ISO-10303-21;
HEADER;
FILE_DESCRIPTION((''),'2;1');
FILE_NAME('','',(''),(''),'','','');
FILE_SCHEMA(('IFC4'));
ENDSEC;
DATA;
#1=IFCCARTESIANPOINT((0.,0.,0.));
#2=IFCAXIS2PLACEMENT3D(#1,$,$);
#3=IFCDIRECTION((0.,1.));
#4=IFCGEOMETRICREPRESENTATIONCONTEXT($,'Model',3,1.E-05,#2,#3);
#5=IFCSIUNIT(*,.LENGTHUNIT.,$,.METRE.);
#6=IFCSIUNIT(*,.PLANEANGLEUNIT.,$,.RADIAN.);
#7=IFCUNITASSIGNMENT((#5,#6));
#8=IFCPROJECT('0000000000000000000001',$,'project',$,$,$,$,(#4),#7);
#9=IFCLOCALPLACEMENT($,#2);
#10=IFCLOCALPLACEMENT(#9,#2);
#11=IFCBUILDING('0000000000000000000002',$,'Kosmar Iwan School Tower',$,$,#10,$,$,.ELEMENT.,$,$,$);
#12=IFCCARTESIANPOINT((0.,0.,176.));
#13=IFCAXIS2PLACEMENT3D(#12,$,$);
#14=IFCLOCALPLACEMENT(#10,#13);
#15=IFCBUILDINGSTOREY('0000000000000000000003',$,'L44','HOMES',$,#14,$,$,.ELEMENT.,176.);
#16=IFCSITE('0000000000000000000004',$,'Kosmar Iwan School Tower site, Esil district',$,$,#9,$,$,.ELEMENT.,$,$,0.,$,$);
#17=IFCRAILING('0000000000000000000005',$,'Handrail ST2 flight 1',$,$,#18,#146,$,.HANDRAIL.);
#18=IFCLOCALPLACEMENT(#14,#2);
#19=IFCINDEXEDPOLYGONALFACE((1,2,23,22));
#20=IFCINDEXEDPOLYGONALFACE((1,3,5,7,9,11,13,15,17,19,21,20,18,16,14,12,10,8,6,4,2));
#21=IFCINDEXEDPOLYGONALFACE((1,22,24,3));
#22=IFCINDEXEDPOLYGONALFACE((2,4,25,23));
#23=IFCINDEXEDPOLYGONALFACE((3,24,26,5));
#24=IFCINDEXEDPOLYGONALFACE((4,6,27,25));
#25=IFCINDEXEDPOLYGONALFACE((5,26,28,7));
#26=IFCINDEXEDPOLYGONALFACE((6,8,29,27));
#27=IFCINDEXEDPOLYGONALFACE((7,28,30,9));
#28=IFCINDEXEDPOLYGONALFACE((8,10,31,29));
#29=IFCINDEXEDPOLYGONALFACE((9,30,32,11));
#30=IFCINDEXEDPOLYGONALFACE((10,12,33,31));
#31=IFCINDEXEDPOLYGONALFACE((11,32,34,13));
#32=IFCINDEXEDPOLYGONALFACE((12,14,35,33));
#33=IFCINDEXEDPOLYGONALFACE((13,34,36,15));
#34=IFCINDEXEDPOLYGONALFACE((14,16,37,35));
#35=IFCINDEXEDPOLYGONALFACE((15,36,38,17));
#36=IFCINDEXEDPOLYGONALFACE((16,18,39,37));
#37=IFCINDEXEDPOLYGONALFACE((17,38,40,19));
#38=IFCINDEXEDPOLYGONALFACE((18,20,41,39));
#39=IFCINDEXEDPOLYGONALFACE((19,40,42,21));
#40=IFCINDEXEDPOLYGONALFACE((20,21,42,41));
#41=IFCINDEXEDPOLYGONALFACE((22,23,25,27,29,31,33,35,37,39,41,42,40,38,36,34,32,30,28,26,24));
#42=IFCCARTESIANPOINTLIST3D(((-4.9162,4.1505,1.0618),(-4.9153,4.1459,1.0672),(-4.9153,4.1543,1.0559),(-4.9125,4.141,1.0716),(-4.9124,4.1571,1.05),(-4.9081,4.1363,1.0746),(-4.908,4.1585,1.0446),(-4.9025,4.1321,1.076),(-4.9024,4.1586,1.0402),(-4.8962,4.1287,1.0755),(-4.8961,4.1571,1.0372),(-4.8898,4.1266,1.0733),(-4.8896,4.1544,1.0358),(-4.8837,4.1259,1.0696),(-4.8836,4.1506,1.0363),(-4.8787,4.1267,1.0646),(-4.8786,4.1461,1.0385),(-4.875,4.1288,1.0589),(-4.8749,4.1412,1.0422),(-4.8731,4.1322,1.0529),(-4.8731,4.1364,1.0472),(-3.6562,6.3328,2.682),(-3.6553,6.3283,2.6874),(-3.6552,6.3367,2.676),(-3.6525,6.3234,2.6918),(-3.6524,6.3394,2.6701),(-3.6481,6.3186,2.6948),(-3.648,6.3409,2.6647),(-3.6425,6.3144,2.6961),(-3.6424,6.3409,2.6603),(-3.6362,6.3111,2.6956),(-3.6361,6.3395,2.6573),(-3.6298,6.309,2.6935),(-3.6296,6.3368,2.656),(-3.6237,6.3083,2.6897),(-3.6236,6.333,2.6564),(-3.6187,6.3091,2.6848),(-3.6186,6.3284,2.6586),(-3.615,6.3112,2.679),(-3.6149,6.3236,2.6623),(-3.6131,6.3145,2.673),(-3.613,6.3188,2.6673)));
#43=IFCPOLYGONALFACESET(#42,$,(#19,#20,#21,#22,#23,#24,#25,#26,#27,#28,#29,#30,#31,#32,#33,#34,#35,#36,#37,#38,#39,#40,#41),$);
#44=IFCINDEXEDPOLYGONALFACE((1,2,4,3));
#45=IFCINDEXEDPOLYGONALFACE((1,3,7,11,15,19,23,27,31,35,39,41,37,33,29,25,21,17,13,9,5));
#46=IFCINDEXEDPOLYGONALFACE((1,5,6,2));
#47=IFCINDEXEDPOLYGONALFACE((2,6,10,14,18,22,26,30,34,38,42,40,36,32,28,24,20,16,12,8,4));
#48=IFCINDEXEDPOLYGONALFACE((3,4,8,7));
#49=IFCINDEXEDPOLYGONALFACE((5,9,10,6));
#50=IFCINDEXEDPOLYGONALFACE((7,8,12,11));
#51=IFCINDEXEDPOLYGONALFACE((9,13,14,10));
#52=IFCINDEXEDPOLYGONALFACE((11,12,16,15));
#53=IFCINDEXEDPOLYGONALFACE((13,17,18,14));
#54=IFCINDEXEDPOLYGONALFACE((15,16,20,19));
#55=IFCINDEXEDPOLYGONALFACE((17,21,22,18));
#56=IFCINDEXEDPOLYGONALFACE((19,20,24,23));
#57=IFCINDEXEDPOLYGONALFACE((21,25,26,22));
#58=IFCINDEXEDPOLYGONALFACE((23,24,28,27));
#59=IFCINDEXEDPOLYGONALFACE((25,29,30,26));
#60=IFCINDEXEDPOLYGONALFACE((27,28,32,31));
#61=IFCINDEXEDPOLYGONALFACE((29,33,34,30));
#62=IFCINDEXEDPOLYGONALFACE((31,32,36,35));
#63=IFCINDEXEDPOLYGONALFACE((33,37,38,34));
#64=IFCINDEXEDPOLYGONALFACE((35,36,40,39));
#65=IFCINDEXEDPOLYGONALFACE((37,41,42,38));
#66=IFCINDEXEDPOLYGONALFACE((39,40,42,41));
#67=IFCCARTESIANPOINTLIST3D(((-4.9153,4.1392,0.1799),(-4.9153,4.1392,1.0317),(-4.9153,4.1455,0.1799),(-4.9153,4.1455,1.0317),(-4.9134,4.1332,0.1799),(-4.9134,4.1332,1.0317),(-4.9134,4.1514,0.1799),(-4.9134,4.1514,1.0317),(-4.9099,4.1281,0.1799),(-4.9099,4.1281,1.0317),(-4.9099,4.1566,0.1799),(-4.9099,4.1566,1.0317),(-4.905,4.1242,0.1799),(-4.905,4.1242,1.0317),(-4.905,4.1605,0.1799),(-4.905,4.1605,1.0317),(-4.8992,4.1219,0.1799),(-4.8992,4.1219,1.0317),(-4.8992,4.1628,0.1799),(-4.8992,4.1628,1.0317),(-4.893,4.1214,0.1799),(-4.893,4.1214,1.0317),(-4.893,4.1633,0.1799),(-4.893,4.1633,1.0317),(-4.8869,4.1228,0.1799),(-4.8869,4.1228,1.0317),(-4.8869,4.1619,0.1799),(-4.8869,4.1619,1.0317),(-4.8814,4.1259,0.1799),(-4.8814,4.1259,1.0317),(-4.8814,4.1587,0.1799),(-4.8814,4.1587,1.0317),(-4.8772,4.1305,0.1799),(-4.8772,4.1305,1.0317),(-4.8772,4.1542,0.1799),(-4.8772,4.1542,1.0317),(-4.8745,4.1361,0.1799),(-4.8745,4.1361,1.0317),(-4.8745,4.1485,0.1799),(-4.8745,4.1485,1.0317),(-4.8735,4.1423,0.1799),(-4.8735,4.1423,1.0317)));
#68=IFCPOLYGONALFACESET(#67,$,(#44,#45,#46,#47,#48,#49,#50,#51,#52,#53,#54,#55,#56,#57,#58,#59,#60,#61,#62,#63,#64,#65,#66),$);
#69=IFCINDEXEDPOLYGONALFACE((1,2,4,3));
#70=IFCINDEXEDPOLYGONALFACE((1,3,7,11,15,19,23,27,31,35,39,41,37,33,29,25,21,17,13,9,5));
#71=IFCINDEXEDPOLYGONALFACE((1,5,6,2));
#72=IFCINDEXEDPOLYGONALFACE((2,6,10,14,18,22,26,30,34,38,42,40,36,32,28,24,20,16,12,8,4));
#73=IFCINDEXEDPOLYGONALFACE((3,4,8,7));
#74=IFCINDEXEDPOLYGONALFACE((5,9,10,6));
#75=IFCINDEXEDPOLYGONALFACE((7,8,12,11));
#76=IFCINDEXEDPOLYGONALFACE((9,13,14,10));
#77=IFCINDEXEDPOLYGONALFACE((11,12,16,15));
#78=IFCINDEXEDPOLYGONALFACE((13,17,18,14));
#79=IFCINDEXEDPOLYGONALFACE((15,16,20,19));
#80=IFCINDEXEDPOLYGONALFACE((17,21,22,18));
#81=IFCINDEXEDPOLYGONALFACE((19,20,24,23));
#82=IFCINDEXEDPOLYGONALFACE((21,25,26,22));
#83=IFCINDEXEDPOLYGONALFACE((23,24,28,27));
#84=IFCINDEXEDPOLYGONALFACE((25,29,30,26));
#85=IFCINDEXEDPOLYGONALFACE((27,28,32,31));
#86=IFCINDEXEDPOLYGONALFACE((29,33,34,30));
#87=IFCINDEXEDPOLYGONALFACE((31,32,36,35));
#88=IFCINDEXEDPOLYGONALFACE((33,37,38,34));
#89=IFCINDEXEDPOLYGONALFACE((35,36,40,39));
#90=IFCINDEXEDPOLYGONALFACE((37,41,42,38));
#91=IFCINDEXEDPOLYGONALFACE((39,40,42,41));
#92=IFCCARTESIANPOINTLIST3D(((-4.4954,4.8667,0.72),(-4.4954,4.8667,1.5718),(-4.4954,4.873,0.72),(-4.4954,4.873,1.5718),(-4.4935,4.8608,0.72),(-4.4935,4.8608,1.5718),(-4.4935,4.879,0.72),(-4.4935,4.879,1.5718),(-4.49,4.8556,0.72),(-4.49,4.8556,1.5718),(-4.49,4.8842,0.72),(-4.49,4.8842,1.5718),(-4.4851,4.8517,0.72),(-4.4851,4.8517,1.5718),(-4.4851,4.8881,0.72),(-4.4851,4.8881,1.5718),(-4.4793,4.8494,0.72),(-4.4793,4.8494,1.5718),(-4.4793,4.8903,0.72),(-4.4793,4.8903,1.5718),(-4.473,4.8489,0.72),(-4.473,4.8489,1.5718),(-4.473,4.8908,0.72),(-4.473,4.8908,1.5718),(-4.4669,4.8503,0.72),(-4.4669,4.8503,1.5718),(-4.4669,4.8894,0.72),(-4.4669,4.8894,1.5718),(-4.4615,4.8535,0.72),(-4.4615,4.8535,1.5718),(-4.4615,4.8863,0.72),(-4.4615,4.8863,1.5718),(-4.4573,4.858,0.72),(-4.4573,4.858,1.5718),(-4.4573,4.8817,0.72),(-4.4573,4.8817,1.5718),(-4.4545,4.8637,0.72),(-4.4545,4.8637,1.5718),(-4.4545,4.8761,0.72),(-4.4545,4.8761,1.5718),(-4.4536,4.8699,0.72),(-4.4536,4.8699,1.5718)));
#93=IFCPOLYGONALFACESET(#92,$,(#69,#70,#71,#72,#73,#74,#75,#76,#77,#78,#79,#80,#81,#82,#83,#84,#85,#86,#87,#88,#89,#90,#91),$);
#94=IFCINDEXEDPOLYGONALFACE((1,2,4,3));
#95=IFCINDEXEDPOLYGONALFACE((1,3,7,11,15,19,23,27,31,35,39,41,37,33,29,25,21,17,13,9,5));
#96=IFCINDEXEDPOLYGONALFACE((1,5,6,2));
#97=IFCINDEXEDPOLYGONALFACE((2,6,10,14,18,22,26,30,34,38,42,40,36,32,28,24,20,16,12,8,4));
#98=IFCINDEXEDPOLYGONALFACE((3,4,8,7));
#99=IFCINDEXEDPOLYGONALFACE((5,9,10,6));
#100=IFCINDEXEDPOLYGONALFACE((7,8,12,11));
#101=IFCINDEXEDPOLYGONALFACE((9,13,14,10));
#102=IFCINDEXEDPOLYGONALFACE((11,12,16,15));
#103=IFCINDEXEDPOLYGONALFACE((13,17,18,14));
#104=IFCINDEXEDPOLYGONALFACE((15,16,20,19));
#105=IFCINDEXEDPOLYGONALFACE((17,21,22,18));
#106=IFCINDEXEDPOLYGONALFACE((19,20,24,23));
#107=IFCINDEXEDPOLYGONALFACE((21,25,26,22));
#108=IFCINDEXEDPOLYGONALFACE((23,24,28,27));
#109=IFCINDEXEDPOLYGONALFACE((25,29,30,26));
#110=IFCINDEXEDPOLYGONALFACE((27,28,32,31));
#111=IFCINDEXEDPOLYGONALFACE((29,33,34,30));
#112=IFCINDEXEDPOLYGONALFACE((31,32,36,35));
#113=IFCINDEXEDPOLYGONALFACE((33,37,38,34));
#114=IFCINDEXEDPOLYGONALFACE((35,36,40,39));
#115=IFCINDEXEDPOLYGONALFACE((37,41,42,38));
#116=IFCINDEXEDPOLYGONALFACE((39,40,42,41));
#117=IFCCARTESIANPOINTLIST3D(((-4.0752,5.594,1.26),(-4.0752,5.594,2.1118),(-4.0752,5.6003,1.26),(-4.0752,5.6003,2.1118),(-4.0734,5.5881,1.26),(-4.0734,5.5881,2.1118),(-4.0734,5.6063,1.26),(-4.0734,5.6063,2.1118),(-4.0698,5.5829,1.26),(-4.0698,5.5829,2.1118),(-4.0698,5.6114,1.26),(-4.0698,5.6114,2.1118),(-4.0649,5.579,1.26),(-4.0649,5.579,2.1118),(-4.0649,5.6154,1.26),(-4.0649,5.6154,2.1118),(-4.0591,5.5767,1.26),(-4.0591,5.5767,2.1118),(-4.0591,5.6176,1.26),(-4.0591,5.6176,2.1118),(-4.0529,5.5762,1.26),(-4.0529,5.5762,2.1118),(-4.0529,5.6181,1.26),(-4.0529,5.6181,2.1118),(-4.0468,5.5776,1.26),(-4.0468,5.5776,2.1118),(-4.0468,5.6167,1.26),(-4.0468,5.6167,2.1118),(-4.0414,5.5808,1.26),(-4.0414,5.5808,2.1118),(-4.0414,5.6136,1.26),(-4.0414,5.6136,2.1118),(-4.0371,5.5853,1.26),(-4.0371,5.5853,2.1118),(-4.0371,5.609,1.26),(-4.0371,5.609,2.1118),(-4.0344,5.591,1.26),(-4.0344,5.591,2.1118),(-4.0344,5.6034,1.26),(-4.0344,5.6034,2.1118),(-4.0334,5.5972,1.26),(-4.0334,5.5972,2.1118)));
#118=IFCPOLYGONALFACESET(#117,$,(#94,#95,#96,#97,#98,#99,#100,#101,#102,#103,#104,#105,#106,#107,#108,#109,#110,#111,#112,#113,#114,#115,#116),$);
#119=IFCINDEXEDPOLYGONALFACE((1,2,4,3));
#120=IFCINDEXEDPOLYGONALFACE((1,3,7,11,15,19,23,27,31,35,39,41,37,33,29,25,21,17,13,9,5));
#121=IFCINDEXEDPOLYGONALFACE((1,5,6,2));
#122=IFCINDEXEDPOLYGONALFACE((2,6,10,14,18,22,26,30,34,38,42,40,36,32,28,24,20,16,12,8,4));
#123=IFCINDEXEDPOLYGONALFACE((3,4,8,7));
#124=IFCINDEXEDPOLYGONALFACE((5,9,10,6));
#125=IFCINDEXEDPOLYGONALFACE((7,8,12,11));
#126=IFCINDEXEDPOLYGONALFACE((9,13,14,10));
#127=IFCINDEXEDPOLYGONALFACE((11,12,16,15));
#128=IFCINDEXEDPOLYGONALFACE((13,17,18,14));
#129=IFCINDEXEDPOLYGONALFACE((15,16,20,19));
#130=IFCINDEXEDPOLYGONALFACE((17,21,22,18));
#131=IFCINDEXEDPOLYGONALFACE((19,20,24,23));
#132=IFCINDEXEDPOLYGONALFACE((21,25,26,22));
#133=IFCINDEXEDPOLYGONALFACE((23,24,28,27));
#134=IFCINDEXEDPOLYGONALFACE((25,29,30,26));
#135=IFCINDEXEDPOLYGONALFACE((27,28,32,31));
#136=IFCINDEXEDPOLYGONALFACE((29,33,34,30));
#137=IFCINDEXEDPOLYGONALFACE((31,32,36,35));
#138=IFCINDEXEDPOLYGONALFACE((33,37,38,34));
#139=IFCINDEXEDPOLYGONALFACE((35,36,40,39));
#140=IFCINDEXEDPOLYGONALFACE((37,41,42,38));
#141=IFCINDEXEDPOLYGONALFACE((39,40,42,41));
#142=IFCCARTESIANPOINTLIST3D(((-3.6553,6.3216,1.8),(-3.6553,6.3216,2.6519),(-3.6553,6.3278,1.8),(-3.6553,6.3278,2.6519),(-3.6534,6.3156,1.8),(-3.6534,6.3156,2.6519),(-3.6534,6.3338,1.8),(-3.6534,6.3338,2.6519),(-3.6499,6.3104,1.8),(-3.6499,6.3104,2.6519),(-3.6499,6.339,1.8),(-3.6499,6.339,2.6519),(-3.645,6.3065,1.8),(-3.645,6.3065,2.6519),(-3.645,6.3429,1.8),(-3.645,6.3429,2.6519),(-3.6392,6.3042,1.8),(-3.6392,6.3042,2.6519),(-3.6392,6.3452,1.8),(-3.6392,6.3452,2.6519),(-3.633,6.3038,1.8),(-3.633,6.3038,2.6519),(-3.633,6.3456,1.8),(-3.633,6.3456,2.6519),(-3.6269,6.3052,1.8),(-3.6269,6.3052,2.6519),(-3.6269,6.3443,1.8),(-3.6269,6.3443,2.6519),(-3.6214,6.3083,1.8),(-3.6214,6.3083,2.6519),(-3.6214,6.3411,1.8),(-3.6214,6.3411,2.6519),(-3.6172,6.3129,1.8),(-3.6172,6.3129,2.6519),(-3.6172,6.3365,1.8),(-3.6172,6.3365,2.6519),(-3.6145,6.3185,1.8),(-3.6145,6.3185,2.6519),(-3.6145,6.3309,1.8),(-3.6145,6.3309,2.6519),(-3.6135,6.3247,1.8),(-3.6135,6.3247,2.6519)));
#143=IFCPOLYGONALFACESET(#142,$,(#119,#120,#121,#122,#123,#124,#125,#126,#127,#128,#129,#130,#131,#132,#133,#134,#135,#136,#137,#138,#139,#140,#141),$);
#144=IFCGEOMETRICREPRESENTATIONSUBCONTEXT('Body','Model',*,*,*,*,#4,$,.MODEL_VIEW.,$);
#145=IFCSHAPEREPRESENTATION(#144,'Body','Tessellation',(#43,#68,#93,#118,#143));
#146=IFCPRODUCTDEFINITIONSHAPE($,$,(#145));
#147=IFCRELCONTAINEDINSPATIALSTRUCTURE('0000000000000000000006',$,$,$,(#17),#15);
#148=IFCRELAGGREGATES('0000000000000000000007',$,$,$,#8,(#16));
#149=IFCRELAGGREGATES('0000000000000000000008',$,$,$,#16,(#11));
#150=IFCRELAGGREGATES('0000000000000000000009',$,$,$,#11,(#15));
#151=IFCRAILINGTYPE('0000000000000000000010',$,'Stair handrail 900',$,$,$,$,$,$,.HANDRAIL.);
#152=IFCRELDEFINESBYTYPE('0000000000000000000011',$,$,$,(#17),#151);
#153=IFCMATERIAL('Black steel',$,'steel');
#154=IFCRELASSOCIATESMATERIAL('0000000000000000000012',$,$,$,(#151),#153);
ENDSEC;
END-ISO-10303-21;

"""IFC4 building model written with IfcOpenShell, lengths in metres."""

from ifc_helpers import new_model, si_unit, direction, frame, origin, origin_2d, place, context, subcontext, project, spatial, circle, extrude, material, type_object, element, save


model = new_model("IFC4")

# Units and contexts
model_context = context("Model", 3, precision=1e-05, world=origin(), true_north=direction((0.0, 1.0)))
body_context = subcontext(model_context, "Body", "Model", "MODEL_VIEW")
ifc_project = project(units=[si_unit("LENGTHUNIT", "METRE"), si_unit("PLANEANGLEUNIT", "RADIAN")], contexts=[model_context])

# Site, building, storey
site_placement = place(None, origin())
site = spatial("IfcSite", under=ifc_project, at=site_placement, Name="Kosmar Iwan School Tower site, Esil district", CompositionType="ELEMENT", RefElevation=0.0)
building_placement = place(site_placement, origin())
building = spatial("IfcBuilding", under=site, at=building_placement, Name="Kosmar Iwan School Tower", CompositionType="ELEMENT")
storey_placement = place(building_placement, frame((0.0, 0.0, 176.0)))
storey = spatial("IfcBuildingStorey", under=building, at=storey_placement, Name="L44", Description="HOMES", CompositionType="ELEMENT", Elevation=176.0)

# Railing
ifc_material_1 = material(Name="Black steel", Category="steel")
railing_type = type_object("IfcRailingType", Name="Stair handrail 900", PredefinedType="HANDRAIL", material=ifc_material_1)
railing_placement = place(storey_placement, frame((-4.8945, 4.1423, 0.1799)))
element("IfcRailing", 1, at=railing_placement, inside=storey, type_object=railing_type, Name="Handrail ST2 flight 1", PredefinedType="HANDRAIL", context=body_context, shape_type="SweptSolid", body=[
    extrude(circle(Radius=0.0239, at=origin_2d()), frame((0.0, 0.0, 0.876), z_axis=(0.420584, 0.728464, 0.540786), x_axis=(-0.866023, 0.500005, 0.0)), (0.0, 0.0, 1.0), 2.9958),
    extrude(circle(Radius=0.021, at=origin_2d()), origin(), (0.0, 0.0, 1.0), 0.8518),
    extrude(circle(Radius=0.021, at=origin_2d()), frame((0.4199, 0.7275, 0.54)), (0.0, 0.0, 1.0), 0.8518),
    extrude(circle(Radius=0.021, at=origin_2d()), frame((0.8401, 1.4548, 1.0801)), (0.0, 0.0, 1.0), 0.8518),
    extrude(circle(Radius=0.021, at=origin_2d()), frame((1.26, 2.1824, 1.6201)), (0.0, 0.0, 1.0), 0.8518),
])

save(model, "model.ifc")
